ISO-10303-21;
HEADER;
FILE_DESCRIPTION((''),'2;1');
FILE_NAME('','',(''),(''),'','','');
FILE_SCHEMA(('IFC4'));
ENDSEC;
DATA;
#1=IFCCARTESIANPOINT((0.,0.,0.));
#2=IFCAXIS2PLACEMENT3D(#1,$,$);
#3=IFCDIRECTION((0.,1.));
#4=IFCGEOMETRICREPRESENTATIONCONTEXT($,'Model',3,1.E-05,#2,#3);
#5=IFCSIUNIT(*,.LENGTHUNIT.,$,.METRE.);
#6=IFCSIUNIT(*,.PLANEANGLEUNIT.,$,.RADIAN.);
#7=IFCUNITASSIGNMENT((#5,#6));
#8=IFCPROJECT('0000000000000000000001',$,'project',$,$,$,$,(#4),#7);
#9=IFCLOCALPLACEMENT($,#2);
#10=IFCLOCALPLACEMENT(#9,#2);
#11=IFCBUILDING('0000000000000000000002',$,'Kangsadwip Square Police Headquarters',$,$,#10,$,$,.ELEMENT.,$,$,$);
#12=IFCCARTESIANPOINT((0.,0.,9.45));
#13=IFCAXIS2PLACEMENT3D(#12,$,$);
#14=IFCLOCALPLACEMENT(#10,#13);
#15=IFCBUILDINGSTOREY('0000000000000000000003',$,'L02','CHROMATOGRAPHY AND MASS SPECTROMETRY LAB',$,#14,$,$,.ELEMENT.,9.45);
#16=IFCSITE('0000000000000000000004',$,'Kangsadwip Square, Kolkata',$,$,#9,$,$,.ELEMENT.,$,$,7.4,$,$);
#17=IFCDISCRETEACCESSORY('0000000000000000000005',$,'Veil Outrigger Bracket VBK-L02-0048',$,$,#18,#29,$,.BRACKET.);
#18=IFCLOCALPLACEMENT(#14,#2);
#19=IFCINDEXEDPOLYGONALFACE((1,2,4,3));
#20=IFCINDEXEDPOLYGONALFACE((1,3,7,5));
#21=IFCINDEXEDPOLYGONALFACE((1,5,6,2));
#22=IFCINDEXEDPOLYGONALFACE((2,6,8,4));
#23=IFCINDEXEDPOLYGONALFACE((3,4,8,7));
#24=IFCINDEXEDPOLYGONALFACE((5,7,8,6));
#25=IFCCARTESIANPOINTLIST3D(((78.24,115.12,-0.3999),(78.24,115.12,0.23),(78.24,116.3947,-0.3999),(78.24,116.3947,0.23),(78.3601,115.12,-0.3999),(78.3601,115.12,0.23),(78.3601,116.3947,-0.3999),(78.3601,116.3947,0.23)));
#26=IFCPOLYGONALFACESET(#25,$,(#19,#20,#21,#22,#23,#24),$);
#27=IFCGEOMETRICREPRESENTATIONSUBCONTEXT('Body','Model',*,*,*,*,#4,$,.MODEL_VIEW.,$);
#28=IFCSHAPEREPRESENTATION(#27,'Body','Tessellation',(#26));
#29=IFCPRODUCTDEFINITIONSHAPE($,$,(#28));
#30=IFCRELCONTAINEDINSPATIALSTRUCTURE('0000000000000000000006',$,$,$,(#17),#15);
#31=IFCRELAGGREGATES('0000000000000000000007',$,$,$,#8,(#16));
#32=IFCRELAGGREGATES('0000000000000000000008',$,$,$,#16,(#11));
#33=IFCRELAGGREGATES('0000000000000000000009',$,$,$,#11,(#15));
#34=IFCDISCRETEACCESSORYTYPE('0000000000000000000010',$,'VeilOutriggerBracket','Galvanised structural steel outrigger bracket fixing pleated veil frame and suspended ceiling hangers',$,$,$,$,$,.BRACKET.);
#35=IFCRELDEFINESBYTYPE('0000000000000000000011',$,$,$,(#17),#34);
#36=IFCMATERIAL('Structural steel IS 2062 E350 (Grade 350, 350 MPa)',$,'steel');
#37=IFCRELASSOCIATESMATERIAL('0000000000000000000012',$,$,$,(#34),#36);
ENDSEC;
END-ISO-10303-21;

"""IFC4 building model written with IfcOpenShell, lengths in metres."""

from ifc_helpers import new_model, si_unit, direction, frame, origin, origin_2d, place, context, subcontext, project, spatial, rectangle, extrude, material, type_object, element, save


model = new_model("IFC4")

# Units and contexts
model_context = context("Model", 3, precision=1e-05, world=origin(), true_north=direction((0.0, 1.0)))
body_context = subcontext(model_context, "Body", "Model", "MODEL_VIEW")
ifc_project = project(units=[si_unit("LENGTHUNIT", "METRE"), si_unit("PLANEANGLEUNIT", "RADIAN")], contexts=[model_context])

# Site, building, storey
site_placement = place(None, origin())
site = spatial("IfcSite", under=ifc_project, at=site_placement, Name="Kangsadwip Square, Kolkata", CompositionType="ELEMENT", RefElevation=7.4)
building_placement = place(site_placement, origin())
building = spatial("IfcBuilding", under=site, at=building_placement, Name="Kangsadwip Square Police Headquarters", CompositionType="ELEMENT")
storey_placement = place(building_placement, frame((0.0, 0.0, 9.45)))
storey = spatial("IfcBuildingStorey", under=building, at=storey_placement, Name="L02", Description="CHROMATOGRAPHY AND MASS SPECTROMETRY LAB", CompositionType="ELEMENT", Elevation=9.45)

# Discrete accessory
ifc_material_1 = material(Name="Structural steel IS 2062 E350 (Grade 350, 350 MPa)", Category="steel")
discrete_accessory_type = type_object("IfcDiscreteAccessoryType", Name="VeilOutriggerBracket", Description="Galvanised structural steel outrigger bracket fixing pleated veil frame and suspended ceiling hangers", PredefinedType="BRACKET", material=ifc_material_1)
discrete_accessory_1_placement = place(storey_placement, frame((78.3, 115.7573, -0.3999), z_axis=(0.0, 0.0, 1.0), x_axis=(1.0, 0.0, 0.0)))
element("IfcDiscreteAccessory", 1, at=discrete_accessory_1_placement, inside=storey, type_object=discrete_accessory_type, Name="Veil Outrigger Bracket VBK-L02-0048", PredefinedType="BRACKET", context=body_context, shape_type="SweptSolid", body=[
    extrude(rectangle(XDim=0.1201, YDim=1.2747, at=origin_2d()), origin(), (0.0, 0.0, 1.0), 0.6299),
])

save(model, "model.ifc")
